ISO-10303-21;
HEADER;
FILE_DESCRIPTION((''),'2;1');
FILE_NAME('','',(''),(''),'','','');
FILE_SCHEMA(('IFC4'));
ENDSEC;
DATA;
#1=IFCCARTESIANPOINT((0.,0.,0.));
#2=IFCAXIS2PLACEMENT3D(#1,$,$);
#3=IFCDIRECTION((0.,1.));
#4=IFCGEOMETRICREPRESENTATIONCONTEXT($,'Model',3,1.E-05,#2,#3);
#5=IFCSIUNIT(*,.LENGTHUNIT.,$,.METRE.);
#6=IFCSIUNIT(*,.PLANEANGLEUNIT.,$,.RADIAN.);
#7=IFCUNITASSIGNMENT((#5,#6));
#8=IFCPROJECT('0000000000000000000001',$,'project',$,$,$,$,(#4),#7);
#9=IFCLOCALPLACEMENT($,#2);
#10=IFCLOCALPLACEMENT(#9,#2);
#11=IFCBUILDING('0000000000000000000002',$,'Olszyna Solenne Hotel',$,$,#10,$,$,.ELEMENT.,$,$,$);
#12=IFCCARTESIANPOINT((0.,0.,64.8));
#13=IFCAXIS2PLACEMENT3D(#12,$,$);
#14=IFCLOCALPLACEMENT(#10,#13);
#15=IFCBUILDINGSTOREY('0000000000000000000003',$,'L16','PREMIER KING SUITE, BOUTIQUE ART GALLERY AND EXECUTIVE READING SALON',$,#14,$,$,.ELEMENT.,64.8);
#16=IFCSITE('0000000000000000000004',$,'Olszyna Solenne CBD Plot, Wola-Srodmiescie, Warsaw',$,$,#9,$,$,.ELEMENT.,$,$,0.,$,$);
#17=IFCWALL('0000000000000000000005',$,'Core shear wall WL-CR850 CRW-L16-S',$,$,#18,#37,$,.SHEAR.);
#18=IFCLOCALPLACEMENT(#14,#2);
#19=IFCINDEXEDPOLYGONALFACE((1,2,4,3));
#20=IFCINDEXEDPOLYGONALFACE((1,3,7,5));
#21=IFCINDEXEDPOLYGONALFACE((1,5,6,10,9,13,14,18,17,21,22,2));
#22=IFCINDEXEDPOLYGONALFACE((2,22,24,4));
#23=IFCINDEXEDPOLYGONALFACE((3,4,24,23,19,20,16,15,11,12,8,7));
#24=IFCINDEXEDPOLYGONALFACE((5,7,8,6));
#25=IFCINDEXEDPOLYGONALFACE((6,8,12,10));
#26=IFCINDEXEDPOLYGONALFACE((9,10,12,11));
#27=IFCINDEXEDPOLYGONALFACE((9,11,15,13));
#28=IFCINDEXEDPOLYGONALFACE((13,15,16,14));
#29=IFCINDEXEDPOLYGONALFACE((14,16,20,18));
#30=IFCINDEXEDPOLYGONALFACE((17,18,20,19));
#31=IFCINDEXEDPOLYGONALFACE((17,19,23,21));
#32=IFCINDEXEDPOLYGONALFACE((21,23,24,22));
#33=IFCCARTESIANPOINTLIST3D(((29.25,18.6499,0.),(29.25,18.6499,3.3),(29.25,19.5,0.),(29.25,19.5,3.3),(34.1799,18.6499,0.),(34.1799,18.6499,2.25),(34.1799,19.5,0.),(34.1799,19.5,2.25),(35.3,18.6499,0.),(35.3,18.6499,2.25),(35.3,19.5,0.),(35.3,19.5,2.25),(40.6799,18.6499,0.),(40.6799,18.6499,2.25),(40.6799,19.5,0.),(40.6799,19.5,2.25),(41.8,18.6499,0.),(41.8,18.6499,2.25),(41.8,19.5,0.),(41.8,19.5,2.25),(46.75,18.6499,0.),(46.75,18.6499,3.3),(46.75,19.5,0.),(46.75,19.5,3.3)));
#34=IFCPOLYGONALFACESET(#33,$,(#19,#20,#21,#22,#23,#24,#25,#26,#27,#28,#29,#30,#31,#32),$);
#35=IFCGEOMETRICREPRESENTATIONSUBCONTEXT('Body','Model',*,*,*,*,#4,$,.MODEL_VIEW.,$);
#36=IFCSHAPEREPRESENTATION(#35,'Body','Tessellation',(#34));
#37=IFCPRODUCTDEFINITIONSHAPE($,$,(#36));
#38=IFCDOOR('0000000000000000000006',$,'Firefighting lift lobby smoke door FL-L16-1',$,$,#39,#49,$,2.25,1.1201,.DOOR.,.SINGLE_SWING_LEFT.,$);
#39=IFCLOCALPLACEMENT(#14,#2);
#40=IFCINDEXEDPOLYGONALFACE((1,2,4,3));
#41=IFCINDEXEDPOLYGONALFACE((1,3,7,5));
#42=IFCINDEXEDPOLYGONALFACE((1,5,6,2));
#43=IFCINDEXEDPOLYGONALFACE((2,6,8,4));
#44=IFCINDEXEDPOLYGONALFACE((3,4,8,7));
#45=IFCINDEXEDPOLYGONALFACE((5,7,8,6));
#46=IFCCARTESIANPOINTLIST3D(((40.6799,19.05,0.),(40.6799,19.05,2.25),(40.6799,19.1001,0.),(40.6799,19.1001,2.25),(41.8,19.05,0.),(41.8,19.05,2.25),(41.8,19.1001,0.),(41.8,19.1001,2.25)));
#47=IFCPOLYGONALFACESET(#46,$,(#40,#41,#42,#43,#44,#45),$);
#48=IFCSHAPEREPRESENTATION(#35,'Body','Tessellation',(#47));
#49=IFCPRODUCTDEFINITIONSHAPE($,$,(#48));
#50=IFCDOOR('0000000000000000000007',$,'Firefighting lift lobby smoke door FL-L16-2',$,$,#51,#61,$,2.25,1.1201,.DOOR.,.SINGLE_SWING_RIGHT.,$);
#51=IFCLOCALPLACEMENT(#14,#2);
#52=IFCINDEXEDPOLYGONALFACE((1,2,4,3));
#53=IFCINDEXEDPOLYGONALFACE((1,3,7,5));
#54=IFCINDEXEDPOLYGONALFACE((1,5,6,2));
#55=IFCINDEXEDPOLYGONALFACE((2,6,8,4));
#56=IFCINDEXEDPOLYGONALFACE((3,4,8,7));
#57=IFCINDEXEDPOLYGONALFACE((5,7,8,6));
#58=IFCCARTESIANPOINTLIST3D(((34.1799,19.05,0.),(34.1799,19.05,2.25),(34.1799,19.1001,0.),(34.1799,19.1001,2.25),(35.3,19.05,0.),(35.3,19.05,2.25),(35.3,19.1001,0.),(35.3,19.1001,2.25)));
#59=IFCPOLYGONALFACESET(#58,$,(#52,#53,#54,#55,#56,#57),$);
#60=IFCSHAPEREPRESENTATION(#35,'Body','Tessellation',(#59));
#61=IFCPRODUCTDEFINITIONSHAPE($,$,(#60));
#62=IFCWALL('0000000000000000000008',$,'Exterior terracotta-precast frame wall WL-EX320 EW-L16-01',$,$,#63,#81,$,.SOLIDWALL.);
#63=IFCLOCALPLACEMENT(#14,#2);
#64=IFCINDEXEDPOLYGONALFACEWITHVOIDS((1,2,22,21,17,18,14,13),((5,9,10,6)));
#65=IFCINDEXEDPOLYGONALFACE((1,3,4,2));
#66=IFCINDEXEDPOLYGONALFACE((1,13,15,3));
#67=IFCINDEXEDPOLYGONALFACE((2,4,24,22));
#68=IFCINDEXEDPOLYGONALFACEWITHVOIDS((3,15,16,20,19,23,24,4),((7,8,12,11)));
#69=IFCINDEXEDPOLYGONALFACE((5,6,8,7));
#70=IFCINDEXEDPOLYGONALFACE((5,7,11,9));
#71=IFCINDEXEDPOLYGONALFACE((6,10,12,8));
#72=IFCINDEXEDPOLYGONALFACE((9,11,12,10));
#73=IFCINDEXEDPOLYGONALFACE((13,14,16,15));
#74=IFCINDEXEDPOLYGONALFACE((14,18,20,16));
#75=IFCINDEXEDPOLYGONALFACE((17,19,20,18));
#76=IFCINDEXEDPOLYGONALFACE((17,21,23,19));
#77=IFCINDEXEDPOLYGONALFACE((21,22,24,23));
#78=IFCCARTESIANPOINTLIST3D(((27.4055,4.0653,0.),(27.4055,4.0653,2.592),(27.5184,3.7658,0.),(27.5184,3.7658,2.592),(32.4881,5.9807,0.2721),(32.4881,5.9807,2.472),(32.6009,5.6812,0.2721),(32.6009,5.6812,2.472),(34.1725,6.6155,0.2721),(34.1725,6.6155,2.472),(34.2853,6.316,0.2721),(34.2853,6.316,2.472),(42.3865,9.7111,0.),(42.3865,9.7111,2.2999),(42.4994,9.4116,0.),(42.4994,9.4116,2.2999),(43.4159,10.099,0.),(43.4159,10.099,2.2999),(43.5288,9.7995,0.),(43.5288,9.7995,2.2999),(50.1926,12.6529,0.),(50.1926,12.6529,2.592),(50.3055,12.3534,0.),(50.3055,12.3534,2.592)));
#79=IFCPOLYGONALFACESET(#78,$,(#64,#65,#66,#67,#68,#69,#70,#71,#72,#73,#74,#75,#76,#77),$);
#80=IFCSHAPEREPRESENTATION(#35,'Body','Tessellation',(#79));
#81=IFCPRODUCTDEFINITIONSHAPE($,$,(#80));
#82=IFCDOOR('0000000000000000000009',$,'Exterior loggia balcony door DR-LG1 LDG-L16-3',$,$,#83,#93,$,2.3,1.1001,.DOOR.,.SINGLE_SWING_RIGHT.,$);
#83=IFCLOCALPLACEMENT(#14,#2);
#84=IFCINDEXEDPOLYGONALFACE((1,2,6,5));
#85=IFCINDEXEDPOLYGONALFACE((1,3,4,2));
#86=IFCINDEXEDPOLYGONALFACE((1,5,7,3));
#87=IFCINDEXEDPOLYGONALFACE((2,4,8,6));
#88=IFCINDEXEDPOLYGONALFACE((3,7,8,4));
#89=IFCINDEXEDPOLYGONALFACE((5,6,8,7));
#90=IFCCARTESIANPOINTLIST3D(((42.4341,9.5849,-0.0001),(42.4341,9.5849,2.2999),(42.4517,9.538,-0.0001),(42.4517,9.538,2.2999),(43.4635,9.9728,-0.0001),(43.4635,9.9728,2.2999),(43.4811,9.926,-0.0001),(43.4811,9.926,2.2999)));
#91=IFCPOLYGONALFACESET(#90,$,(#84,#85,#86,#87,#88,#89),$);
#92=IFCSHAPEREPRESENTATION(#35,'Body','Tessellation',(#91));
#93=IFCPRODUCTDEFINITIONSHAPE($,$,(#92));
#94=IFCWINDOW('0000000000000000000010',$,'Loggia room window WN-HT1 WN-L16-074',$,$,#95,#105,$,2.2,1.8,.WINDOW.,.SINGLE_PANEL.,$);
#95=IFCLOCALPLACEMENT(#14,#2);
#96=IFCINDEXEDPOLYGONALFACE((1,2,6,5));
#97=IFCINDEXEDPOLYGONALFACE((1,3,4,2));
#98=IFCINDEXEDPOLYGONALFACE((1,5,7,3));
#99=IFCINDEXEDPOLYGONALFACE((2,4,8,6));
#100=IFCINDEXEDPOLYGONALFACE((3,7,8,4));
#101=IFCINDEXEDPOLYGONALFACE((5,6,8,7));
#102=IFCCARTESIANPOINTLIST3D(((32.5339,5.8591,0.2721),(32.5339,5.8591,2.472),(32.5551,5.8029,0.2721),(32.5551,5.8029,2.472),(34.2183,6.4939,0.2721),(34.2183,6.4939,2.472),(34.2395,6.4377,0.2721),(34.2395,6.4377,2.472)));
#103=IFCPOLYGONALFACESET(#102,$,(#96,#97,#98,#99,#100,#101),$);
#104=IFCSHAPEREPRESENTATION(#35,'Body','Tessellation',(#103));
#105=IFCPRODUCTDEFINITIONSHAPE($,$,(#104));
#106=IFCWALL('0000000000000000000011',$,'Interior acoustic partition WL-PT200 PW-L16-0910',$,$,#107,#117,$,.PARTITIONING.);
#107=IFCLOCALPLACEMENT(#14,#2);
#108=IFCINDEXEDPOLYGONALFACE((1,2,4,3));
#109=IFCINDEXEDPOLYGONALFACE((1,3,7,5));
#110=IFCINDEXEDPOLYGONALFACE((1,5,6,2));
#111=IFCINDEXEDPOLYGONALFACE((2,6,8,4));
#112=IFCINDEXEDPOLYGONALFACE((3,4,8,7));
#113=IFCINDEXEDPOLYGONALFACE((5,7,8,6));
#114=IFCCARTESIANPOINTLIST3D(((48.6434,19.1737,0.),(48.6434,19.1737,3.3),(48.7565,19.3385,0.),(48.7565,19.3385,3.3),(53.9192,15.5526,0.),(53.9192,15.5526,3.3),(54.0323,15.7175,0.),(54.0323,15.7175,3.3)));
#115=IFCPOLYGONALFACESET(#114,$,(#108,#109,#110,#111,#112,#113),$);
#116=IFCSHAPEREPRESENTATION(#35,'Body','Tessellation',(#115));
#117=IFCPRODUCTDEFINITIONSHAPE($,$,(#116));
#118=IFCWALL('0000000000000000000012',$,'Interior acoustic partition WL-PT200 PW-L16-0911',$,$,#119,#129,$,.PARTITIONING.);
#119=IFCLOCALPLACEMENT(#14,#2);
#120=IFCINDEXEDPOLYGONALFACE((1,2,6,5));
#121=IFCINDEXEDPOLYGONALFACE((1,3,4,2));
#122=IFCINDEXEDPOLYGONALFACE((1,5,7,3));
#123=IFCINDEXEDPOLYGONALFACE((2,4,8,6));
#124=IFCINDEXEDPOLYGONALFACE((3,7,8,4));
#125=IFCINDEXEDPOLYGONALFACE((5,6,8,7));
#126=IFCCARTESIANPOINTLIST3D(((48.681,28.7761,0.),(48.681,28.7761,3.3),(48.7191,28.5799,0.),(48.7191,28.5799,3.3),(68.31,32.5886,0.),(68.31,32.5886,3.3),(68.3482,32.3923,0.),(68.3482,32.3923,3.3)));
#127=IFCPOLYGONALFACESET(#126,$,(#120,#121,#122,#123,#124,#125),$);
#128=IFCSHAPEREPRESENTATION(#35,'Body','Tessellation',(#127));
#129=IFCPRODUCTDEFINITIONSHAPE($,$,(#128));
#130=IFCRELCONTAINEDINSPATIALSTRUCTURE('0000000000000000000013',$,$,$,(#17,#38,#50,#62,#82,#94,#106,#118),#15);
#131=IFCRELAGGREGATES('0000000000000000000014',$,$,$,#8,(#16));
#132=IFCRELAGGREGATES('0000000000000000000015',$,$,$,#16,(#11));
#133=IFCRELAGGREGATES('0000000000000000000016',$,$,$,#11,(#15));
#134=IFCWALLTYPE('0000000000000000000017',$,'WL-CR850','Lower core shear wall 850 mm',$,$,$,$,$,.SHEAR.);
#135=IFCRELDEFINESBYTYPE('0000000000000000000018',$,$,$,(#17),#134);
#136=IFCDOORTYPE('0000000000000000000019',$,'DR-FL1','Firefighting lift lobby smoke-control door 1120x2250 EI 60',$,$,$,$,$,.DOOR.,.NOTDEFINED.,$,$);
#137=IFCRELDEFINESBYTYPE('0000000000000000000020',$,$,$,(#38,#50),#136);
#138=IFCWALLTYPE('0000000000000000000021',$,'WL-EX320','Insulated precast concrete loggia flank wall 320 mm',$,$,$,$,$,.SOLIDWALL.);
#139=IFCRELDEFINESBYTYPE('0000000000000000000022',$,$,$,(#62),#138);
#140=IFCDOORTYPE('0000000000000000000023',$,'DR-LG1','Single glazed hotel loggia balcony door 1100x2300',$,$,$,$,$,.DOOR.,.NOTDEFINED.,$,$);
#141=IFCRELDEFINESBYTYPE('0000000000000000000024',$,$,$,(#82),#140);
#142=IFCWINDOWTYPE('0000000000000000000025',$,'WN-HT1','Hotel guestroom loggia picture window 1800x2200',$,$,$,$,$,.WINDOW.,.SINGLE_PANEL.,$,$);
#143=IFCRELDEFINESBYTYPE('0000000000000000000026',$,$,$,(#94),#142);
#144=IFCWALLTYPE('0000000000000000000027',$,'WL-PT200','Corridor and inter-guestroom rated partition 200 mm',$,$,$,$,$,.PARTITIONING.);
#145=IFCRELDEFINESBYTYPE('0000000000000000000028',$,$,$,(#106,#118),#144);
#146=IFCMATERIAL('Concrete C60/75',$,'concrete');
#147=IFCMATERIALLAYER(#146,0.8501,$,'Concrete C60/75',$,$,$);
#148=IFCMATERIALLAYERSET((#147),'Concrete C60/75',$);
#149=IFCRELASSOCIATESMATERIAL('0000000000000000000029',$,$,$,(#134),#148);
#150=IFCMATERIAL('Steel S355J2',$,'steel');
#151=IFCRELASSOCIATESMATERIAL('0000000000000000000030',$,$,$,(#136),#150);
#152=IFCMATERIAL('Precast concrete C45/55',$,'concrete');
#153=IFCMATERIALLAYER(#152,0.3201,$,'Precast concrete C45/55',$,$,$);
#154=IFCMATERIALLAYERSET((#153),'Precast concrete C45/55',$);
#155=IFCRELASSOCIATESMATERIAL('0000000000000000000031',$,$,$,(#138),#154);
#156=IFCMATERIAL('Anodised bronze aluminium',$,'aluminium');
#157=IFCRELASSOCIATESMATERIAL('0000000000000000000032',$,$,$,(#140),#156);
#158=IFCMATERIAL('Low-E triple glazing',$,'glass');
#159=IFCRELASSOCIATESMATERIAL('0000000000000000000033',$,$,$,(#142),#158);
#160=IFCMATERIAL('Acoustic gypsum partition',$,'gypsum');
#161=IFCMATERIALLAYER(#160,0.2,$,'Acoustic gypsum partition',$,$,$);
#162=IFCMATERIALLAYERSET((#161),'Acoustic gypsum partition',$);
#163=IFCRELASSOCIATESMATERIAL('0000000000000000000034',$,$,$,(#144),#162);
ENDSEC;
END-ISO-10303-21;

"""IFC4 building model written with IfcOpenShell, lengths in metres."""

from ifc_helpers import new_model, si_unit, direction, frame, frame_2d, origin, place, context, subcontext, project, spatial, rectangle, extrude, source, transform, mapped, material, layer, layer_set, type_object, type_shapes, element, fill, save


model = new_model("IFC4")

# Units and contexts
model_context = context("Model", 3, precision=1e-05, world=origin(), true_north=direction((0.0, 1.0)))
body_context = subcontext(model_context, "Body", "Model", "MODEL_VIEW")
ifc_project = project(units=[si_unit("LENGTHUNIT", "METRE"), si_unit("PLANEANGLEUNIT", "RADIAN")], contexts=[model_context])

# Site, building, storey
site_placement = place(None, origin())
site = spatial("IfcSite", under=ifc_project, at=site_placement, Name="Olszyna Solenne CBD Plot, Wola-Srodmiescie, Warsaw", CompositionType="ELEMENT", RefElevation=0.0)
building_placement = place(site_placement, origin())
building = spatial("IfcBuilding", under=site, at=building_placement, Name="Olszyna Solenne Hotel", CompositionType="ELEMENT")
storey_placement = place(building_placement, frame((0.0, 0.0, 64.8)))
storey = spatial("IfcBuildingStorey", under=building, at=storey_placement, Name="L16", Description="PREMIER KING SUITE, BOUTIQUE ART GALLERY AND EXECUTIVE READING SALON", CompositionType="ELEMENT", Elevation=64.8)

# Shared definitions
ifc_material_1 = material(Name="Steel S355J2", Category="steel")

# Wall, openings, doors
ifc_material_2 = material(Name="Concrete C60/75", Category="concrete")
ifc_layer_1 = layer(ifc_material_2, 0.8501, Name="Concrete C60/75")
ifc_layer_set_1 = layer_set([ifc_layer_1], Name="Concrete C60/75")
wall_type_1 = type_object("IfcWallType", Name="WL-CR850", Description="Lower core shear wall 850 mm", PredefinedType="SHEAR", material=ifc_layer_set_1)
wall_1_placement = place(storey_placement, frame((46.75, 19.075, 0.0), z_axis=(0.0, 0.0, 1.0), x_axis=(-1.0, 0.0, 0.0)))
wall_1 = element("IfcWall", 1, at=wall_1_placement, inside=storey, type_object=wall_type_1, Name="Core shear wall WL-CR850 CRW-L16-S", PredefinedType="SHEAR", context=body_context, shape_type="SweptSolid", body=[
    extrude(rectangle(XDim=17.5, YDim=0.8501, at=frame_2d((8.75, 0.0))), origin(), (0.0, 0.0, 1.0), 3.3),
])
opening_1_placement = place(wall_1_placement, frame((4.95, 0.0, 0.0)))
opening_1 = element("IfcOpeningElement", 2, at=opening_1_placement, cuts=wall_1, PredefinedType="OPENING", context=body_context, shape_type="SweptSolid", body=[
    extrude(rectangle(XDim=1.1201, YDim=2.25, at=frame_2d((0.5601, 1.125))), frame((0.0, 0.4351, 0.0), z_axis=(0.0, -1.0, 0.0), x_axis=(1.0, 0.0, 0.0)), (0.0, 0.0, 1.0), 0.8701),
])
opening_2_placement = place(wall_1_placement, frame((11.45, 0.0, 0.0)))
opening_2 = element("IfcOpeningElement", 3, at=opening_2_placement, cuts=wall_1, PredefinedType="OPENING", context=body_context, shape_type="SweptSolid", body=[
    extrude(rectangle(XDim=1.1201, YDim=2.25, at=frame_2d((0.5601, 1.125))), frame((0.0, 0.4351, 0.0), z_axis=(0.0, -1.0, 0.0), x_axis=(1.0, 0.0, 0.0)), (0.0, 0.0, 1.0), 0.8701),
])
door_type_1 = type_object("IfcDoorType", Name="DR-FL1", Description="Firefighting lift lobby smoke-control door 1120x2250 EI 60", OperationType="NOTDEFINED", PredefinedType="DOOR", material=ifc_material_1)
shared_shape_1 = source(origin(), body_context, "Body", "SweptSolid", [
    extrude(rectangle(XDim=1.1201, YDim=2.25, at=frame_2d((0.5601, 1.125))), frame((0.0, 0.0249, 0.0), z_axis=(0.0, -1.0, 0.0), x_axis=(1.0, 0.0, 0.0)), (0.0, 0.0, 1.0), 0.05),
])
type_shapes(door_type_1, [shared_shape_1])
door_1_placement = place(opening_1_placement, origin())
door_1 = element("IfcDoor", 4, at=door_1_placement, inside=storey, type_object=door_type_1, Name="Firefighting lift lobby smoke door FL-L16-1", OperationType="SINGLE_SWING_LEFT", OverallHeight=2.25, OverallWidth=1.1201, PredefinedType="DOOR", context=body_context, shape_type="MappedRepresentation", body=[
    mapped(shared_shape_1, transform((0.0, 0.0, 0.0), x_axis=(1.0, 0.0, 0.0), y_axis=(0.0, 1.0, 0.0), z_axis=(0.0, 0.0, 1.0), scale=1.0)),
])
fill(opening_1, door_1)
door_2_placement = place(opening_2_placement, origin())
door_2 = element("IfcDoor", 5, at=door_2_placement, inside=storey, type_object=door_type_1, Name="Firefighting lift lobby smoke door FL-L16-2", OperationType="SINGLE_SWING_RIGHT", OverallHeight=2.25, OverallWidth=1.1201, PredefinedType="DOOR", context=body_context, shape_type="MappedRepresentation", body=[
    mapped(shared_shape_1, transform((0.0, 0.0, 0.0), x_axis=(1.0, 0.0, 0.0), y_axis=(0.0, 1.0, 0.0), z_axis=(0.0, 0.0, 1.0), scale=1.0)),
])
fill(opening_2, door_2)

# Wall, openings, door, window
ifc_material_3 = material(Name="Precast concrete C45/55", Category="concrete")
ifc_layer_2 = layer(ifc_material_3, 0.3201, Name="Precast concrete C45/55")
ifc_layer_set_2 = layer_set([ifc_layer_2], Name="Precast concrete C45/55")
wall_type_2 = type_object("IfcWallType", Name="WL-EX320", Description="Insulated precast concrete loggia flank wall 320 mm", PredefinedType="SOLIDWALL", material=ifc_layer_set_2)
wall_2_placement = place(storey_placement, frame((50.249, 12.5032, 0.0), z_axis=(0.0, 0.0, 1.0), x_axis=(-0.935754, -0.352652, 0.0)))
wall_2 = element("IfcWall", 6, at=wall_2_placement, inside=storey, type_object=wall_type_2, Name="Exterior terracotta-precast frame wall WL-EX320 EW-L16-01", PredefinedType="SOLIDWALL", context=body_context, shape_type="SweptSolid", body=[
    extrude(rectangle(XDim=24.3516, YDim=0.3201, at=frame_2d((12.1758, 0.0))), origin(), (0.0, 0.0, 1.0), 2.592),
])
opening_3_placement = place(wall_2_placement, frame((7.2419, 0.0, 0.0)))
opening_3 = element("IfcOpeningElement", 7, at=opening_3_placement, cuts=wall_2, PredefinedType="OPENING", context=body_context, shape_type="SweptSolid", body=[
    extrude(rectangle(XDim=1.1001, YDim=2.3, at=frame_2d((0.55, 1.1499))), frame((0.0, 0.1699, 0.0), z_axis=(0.0, -1.0, 0.0), x_axis=(1.0, 0.0, 0.0)), (0.0, 0.0, 1.0), 0.3401),
])
opening_4_placement = place(wall_2_placement, frame((17.1201, 0.0, 0.272)))
opening_4 = element("IfcOpeningElement", 8, at=opening_4_placement, cuts=wall_2, PredefinedType="OPENING", context=body_context, shape_type="SweptSolid", body=[
    extrude(rectangle(XDim=1.8, YDim=2.2, at=frame_2d((0.8999, 1.1001))), frame((0.0, 0.1699, 0.0), z_axis=(0.0, -1.0, 0.0), x_axis=(1.0, 0.0, 0.0)), (0.0, 0.0, 1.0), 0.3401),
])
ifc_material_4 = material(Name="Anodised bronze aluminium", Category="aluminium")
door_type_2 = type_object("IfcDoorType", Name="DR-LG1", Description="Single glazed hotel loggia balcony door 1100x2300", OperationType="NOTDEFINED", PredefinedType="DOOR", material=ifc_material_4)
shared_shape_2 = source(origin(), body_context, "Body", "SweptSolid", [
    extrude(rectangle(XDim=1.1001, YDim=2.3, at=frame_2d((0.55, 1.1499))), frame((0.0, 0.0249, 0.0), z_axis=(0.0, -1.0, 0.0), x_axis=(1.0, 0.0, 0.0)), (0.0, 0.0, 1.0), 0.05),
])
type_shapes(door_type_2, [shared_shape_2])
door_3_placement = place(opening_3_placement, origin())
door_3 = element("IfcDoor", 9, at=door_3_placement, inside=storey, type_object=door_type_2, Name="Exterior loggia balcony door DR-LG1 LDG-L16-3", OperationType="SINGLE_SWING_RIGHT", OverallHeight=2.3, OverallWidth=1.1001, PredefinedType="DOOR", context=body_context, shape_type="MappedRepresentation", body=[
    mapped(shared_shape_2, transform((0.0, 0.0, 0.0), x_axis=(1.0, 0.0, 0.0), y_axis=(0.0, 1.0, 0.0), z_axis=(0.0, 0.0, 1.0), scale=1.0)),
])
fill(opening_3, door_3)
ifc_material_5 = material(Name="Low-E triple glazing", Category="glass")
window_type = type_object("IfcWindowType", Name="WN-HT1", Description="Hotel guestroom loggia picture window 1800x2200", PartitioningType="SINGLE_PANEL", PredefinedType="WINDOW", material=ifc_material_5)
shared_shape_3 = source(origin(), body_context, "Body", "SweptSolid", [
    extrude(rectangle(XDim=1.8, YDim=2.2, at=frame_2d((0.8999, 1.1001))), frame((0.0, 0.03, 0.0), z_axis=(0.0, -1.0, 0.0), x_axis=(1.0, 0.0, 0.0)), (0.0, 0.0, 1.0), 0.0601),
])
type_shapes(window_type, [shared_shape_3])
window_placement = place(opening_4_placement, origin())
window = element("IfcWindow", 10, at=window_placement, inside=storey, type_object=window_type, Name="Loggia room window WN-HT1 WN-L16-074", OverallHeight=2.2, OverallWidth=1.8, PartitioningType="SINGLE_PANEL", PredefinedType="WINDOW", context=body_context, shape_type="MappedRepresentation", body=[
    mapped(shared_shape_3, transform((0.0, 0.0, 0.0), x_axis=(1.0, 0.0, 0.0), y_axis=(0.0, 1.0, 0.0), z_axis=(0.0, 0.0, 1.0), scale=1.0)),
])
fill(opening_4, window)

# Walls
ifc_material_6 = material(Name="Acoustic gypsum partition", Category="gypsum")
ifc_layer_3 = layer(ifc_material_6, 0.2, Name="Acoustic gypsum partition")
ifc_layer_set_3 = layer_set([ifc_layer_3], Name="Acoustic gypsum partition")
wall_type_3 = type_object("IfcWallType", Name="WL-PT200", Description="Corridor and inter-guestroom rated partition 200 mm", PredefinedType="PARTITIONING", material=ifc_layer_set_3)
wall_3_placement = place(storey_placement, frame((48.7, 19.2561, 0.0), z_axis=(0.0, 0.0, 1.0), x_axis=(0.824485, -0.565884, 0.0)))
element("IfcWall", 11, at=wall_3_placement, inside=storey, type_object=wall_type_3, Name="Interior acoustic partition WL-PT200 PW-L16-0910", PredefinedType="PARTITIONING", context=body_context, shape_type="SweptSolid", body=[
    extrude(rectangle(XDim=6.3989, YDim=0.2, at=frame_2d((3.1995, 0.0))), origin(), (0.0, 0.0, 1.0), 3.3),
])
wall_4_placement = place(storey_placement, frame((48.7, 28.678, 0.0), z_axis=(0.0, 0.0, 1.0), x_axis=(0.981655, 0.190663, 0.0)))
element("IfcWall", 12, at=wall_4_placement, inside=storey, type_object=wall_type_3, Name="Interior acoustic partition WL-PT200 PW-L16-0911", PredefinedType="PARTITIONING", context=body_context, shape_type="SweptSolid", body=[
    extrude(rectangle(XDim=19.9958, YDim=0.2, at=frame_2d((9.998, 0.0))), origin(), (0.0, 0.0, 1.0), 3.3),
])

save(model, "model.ifc")
